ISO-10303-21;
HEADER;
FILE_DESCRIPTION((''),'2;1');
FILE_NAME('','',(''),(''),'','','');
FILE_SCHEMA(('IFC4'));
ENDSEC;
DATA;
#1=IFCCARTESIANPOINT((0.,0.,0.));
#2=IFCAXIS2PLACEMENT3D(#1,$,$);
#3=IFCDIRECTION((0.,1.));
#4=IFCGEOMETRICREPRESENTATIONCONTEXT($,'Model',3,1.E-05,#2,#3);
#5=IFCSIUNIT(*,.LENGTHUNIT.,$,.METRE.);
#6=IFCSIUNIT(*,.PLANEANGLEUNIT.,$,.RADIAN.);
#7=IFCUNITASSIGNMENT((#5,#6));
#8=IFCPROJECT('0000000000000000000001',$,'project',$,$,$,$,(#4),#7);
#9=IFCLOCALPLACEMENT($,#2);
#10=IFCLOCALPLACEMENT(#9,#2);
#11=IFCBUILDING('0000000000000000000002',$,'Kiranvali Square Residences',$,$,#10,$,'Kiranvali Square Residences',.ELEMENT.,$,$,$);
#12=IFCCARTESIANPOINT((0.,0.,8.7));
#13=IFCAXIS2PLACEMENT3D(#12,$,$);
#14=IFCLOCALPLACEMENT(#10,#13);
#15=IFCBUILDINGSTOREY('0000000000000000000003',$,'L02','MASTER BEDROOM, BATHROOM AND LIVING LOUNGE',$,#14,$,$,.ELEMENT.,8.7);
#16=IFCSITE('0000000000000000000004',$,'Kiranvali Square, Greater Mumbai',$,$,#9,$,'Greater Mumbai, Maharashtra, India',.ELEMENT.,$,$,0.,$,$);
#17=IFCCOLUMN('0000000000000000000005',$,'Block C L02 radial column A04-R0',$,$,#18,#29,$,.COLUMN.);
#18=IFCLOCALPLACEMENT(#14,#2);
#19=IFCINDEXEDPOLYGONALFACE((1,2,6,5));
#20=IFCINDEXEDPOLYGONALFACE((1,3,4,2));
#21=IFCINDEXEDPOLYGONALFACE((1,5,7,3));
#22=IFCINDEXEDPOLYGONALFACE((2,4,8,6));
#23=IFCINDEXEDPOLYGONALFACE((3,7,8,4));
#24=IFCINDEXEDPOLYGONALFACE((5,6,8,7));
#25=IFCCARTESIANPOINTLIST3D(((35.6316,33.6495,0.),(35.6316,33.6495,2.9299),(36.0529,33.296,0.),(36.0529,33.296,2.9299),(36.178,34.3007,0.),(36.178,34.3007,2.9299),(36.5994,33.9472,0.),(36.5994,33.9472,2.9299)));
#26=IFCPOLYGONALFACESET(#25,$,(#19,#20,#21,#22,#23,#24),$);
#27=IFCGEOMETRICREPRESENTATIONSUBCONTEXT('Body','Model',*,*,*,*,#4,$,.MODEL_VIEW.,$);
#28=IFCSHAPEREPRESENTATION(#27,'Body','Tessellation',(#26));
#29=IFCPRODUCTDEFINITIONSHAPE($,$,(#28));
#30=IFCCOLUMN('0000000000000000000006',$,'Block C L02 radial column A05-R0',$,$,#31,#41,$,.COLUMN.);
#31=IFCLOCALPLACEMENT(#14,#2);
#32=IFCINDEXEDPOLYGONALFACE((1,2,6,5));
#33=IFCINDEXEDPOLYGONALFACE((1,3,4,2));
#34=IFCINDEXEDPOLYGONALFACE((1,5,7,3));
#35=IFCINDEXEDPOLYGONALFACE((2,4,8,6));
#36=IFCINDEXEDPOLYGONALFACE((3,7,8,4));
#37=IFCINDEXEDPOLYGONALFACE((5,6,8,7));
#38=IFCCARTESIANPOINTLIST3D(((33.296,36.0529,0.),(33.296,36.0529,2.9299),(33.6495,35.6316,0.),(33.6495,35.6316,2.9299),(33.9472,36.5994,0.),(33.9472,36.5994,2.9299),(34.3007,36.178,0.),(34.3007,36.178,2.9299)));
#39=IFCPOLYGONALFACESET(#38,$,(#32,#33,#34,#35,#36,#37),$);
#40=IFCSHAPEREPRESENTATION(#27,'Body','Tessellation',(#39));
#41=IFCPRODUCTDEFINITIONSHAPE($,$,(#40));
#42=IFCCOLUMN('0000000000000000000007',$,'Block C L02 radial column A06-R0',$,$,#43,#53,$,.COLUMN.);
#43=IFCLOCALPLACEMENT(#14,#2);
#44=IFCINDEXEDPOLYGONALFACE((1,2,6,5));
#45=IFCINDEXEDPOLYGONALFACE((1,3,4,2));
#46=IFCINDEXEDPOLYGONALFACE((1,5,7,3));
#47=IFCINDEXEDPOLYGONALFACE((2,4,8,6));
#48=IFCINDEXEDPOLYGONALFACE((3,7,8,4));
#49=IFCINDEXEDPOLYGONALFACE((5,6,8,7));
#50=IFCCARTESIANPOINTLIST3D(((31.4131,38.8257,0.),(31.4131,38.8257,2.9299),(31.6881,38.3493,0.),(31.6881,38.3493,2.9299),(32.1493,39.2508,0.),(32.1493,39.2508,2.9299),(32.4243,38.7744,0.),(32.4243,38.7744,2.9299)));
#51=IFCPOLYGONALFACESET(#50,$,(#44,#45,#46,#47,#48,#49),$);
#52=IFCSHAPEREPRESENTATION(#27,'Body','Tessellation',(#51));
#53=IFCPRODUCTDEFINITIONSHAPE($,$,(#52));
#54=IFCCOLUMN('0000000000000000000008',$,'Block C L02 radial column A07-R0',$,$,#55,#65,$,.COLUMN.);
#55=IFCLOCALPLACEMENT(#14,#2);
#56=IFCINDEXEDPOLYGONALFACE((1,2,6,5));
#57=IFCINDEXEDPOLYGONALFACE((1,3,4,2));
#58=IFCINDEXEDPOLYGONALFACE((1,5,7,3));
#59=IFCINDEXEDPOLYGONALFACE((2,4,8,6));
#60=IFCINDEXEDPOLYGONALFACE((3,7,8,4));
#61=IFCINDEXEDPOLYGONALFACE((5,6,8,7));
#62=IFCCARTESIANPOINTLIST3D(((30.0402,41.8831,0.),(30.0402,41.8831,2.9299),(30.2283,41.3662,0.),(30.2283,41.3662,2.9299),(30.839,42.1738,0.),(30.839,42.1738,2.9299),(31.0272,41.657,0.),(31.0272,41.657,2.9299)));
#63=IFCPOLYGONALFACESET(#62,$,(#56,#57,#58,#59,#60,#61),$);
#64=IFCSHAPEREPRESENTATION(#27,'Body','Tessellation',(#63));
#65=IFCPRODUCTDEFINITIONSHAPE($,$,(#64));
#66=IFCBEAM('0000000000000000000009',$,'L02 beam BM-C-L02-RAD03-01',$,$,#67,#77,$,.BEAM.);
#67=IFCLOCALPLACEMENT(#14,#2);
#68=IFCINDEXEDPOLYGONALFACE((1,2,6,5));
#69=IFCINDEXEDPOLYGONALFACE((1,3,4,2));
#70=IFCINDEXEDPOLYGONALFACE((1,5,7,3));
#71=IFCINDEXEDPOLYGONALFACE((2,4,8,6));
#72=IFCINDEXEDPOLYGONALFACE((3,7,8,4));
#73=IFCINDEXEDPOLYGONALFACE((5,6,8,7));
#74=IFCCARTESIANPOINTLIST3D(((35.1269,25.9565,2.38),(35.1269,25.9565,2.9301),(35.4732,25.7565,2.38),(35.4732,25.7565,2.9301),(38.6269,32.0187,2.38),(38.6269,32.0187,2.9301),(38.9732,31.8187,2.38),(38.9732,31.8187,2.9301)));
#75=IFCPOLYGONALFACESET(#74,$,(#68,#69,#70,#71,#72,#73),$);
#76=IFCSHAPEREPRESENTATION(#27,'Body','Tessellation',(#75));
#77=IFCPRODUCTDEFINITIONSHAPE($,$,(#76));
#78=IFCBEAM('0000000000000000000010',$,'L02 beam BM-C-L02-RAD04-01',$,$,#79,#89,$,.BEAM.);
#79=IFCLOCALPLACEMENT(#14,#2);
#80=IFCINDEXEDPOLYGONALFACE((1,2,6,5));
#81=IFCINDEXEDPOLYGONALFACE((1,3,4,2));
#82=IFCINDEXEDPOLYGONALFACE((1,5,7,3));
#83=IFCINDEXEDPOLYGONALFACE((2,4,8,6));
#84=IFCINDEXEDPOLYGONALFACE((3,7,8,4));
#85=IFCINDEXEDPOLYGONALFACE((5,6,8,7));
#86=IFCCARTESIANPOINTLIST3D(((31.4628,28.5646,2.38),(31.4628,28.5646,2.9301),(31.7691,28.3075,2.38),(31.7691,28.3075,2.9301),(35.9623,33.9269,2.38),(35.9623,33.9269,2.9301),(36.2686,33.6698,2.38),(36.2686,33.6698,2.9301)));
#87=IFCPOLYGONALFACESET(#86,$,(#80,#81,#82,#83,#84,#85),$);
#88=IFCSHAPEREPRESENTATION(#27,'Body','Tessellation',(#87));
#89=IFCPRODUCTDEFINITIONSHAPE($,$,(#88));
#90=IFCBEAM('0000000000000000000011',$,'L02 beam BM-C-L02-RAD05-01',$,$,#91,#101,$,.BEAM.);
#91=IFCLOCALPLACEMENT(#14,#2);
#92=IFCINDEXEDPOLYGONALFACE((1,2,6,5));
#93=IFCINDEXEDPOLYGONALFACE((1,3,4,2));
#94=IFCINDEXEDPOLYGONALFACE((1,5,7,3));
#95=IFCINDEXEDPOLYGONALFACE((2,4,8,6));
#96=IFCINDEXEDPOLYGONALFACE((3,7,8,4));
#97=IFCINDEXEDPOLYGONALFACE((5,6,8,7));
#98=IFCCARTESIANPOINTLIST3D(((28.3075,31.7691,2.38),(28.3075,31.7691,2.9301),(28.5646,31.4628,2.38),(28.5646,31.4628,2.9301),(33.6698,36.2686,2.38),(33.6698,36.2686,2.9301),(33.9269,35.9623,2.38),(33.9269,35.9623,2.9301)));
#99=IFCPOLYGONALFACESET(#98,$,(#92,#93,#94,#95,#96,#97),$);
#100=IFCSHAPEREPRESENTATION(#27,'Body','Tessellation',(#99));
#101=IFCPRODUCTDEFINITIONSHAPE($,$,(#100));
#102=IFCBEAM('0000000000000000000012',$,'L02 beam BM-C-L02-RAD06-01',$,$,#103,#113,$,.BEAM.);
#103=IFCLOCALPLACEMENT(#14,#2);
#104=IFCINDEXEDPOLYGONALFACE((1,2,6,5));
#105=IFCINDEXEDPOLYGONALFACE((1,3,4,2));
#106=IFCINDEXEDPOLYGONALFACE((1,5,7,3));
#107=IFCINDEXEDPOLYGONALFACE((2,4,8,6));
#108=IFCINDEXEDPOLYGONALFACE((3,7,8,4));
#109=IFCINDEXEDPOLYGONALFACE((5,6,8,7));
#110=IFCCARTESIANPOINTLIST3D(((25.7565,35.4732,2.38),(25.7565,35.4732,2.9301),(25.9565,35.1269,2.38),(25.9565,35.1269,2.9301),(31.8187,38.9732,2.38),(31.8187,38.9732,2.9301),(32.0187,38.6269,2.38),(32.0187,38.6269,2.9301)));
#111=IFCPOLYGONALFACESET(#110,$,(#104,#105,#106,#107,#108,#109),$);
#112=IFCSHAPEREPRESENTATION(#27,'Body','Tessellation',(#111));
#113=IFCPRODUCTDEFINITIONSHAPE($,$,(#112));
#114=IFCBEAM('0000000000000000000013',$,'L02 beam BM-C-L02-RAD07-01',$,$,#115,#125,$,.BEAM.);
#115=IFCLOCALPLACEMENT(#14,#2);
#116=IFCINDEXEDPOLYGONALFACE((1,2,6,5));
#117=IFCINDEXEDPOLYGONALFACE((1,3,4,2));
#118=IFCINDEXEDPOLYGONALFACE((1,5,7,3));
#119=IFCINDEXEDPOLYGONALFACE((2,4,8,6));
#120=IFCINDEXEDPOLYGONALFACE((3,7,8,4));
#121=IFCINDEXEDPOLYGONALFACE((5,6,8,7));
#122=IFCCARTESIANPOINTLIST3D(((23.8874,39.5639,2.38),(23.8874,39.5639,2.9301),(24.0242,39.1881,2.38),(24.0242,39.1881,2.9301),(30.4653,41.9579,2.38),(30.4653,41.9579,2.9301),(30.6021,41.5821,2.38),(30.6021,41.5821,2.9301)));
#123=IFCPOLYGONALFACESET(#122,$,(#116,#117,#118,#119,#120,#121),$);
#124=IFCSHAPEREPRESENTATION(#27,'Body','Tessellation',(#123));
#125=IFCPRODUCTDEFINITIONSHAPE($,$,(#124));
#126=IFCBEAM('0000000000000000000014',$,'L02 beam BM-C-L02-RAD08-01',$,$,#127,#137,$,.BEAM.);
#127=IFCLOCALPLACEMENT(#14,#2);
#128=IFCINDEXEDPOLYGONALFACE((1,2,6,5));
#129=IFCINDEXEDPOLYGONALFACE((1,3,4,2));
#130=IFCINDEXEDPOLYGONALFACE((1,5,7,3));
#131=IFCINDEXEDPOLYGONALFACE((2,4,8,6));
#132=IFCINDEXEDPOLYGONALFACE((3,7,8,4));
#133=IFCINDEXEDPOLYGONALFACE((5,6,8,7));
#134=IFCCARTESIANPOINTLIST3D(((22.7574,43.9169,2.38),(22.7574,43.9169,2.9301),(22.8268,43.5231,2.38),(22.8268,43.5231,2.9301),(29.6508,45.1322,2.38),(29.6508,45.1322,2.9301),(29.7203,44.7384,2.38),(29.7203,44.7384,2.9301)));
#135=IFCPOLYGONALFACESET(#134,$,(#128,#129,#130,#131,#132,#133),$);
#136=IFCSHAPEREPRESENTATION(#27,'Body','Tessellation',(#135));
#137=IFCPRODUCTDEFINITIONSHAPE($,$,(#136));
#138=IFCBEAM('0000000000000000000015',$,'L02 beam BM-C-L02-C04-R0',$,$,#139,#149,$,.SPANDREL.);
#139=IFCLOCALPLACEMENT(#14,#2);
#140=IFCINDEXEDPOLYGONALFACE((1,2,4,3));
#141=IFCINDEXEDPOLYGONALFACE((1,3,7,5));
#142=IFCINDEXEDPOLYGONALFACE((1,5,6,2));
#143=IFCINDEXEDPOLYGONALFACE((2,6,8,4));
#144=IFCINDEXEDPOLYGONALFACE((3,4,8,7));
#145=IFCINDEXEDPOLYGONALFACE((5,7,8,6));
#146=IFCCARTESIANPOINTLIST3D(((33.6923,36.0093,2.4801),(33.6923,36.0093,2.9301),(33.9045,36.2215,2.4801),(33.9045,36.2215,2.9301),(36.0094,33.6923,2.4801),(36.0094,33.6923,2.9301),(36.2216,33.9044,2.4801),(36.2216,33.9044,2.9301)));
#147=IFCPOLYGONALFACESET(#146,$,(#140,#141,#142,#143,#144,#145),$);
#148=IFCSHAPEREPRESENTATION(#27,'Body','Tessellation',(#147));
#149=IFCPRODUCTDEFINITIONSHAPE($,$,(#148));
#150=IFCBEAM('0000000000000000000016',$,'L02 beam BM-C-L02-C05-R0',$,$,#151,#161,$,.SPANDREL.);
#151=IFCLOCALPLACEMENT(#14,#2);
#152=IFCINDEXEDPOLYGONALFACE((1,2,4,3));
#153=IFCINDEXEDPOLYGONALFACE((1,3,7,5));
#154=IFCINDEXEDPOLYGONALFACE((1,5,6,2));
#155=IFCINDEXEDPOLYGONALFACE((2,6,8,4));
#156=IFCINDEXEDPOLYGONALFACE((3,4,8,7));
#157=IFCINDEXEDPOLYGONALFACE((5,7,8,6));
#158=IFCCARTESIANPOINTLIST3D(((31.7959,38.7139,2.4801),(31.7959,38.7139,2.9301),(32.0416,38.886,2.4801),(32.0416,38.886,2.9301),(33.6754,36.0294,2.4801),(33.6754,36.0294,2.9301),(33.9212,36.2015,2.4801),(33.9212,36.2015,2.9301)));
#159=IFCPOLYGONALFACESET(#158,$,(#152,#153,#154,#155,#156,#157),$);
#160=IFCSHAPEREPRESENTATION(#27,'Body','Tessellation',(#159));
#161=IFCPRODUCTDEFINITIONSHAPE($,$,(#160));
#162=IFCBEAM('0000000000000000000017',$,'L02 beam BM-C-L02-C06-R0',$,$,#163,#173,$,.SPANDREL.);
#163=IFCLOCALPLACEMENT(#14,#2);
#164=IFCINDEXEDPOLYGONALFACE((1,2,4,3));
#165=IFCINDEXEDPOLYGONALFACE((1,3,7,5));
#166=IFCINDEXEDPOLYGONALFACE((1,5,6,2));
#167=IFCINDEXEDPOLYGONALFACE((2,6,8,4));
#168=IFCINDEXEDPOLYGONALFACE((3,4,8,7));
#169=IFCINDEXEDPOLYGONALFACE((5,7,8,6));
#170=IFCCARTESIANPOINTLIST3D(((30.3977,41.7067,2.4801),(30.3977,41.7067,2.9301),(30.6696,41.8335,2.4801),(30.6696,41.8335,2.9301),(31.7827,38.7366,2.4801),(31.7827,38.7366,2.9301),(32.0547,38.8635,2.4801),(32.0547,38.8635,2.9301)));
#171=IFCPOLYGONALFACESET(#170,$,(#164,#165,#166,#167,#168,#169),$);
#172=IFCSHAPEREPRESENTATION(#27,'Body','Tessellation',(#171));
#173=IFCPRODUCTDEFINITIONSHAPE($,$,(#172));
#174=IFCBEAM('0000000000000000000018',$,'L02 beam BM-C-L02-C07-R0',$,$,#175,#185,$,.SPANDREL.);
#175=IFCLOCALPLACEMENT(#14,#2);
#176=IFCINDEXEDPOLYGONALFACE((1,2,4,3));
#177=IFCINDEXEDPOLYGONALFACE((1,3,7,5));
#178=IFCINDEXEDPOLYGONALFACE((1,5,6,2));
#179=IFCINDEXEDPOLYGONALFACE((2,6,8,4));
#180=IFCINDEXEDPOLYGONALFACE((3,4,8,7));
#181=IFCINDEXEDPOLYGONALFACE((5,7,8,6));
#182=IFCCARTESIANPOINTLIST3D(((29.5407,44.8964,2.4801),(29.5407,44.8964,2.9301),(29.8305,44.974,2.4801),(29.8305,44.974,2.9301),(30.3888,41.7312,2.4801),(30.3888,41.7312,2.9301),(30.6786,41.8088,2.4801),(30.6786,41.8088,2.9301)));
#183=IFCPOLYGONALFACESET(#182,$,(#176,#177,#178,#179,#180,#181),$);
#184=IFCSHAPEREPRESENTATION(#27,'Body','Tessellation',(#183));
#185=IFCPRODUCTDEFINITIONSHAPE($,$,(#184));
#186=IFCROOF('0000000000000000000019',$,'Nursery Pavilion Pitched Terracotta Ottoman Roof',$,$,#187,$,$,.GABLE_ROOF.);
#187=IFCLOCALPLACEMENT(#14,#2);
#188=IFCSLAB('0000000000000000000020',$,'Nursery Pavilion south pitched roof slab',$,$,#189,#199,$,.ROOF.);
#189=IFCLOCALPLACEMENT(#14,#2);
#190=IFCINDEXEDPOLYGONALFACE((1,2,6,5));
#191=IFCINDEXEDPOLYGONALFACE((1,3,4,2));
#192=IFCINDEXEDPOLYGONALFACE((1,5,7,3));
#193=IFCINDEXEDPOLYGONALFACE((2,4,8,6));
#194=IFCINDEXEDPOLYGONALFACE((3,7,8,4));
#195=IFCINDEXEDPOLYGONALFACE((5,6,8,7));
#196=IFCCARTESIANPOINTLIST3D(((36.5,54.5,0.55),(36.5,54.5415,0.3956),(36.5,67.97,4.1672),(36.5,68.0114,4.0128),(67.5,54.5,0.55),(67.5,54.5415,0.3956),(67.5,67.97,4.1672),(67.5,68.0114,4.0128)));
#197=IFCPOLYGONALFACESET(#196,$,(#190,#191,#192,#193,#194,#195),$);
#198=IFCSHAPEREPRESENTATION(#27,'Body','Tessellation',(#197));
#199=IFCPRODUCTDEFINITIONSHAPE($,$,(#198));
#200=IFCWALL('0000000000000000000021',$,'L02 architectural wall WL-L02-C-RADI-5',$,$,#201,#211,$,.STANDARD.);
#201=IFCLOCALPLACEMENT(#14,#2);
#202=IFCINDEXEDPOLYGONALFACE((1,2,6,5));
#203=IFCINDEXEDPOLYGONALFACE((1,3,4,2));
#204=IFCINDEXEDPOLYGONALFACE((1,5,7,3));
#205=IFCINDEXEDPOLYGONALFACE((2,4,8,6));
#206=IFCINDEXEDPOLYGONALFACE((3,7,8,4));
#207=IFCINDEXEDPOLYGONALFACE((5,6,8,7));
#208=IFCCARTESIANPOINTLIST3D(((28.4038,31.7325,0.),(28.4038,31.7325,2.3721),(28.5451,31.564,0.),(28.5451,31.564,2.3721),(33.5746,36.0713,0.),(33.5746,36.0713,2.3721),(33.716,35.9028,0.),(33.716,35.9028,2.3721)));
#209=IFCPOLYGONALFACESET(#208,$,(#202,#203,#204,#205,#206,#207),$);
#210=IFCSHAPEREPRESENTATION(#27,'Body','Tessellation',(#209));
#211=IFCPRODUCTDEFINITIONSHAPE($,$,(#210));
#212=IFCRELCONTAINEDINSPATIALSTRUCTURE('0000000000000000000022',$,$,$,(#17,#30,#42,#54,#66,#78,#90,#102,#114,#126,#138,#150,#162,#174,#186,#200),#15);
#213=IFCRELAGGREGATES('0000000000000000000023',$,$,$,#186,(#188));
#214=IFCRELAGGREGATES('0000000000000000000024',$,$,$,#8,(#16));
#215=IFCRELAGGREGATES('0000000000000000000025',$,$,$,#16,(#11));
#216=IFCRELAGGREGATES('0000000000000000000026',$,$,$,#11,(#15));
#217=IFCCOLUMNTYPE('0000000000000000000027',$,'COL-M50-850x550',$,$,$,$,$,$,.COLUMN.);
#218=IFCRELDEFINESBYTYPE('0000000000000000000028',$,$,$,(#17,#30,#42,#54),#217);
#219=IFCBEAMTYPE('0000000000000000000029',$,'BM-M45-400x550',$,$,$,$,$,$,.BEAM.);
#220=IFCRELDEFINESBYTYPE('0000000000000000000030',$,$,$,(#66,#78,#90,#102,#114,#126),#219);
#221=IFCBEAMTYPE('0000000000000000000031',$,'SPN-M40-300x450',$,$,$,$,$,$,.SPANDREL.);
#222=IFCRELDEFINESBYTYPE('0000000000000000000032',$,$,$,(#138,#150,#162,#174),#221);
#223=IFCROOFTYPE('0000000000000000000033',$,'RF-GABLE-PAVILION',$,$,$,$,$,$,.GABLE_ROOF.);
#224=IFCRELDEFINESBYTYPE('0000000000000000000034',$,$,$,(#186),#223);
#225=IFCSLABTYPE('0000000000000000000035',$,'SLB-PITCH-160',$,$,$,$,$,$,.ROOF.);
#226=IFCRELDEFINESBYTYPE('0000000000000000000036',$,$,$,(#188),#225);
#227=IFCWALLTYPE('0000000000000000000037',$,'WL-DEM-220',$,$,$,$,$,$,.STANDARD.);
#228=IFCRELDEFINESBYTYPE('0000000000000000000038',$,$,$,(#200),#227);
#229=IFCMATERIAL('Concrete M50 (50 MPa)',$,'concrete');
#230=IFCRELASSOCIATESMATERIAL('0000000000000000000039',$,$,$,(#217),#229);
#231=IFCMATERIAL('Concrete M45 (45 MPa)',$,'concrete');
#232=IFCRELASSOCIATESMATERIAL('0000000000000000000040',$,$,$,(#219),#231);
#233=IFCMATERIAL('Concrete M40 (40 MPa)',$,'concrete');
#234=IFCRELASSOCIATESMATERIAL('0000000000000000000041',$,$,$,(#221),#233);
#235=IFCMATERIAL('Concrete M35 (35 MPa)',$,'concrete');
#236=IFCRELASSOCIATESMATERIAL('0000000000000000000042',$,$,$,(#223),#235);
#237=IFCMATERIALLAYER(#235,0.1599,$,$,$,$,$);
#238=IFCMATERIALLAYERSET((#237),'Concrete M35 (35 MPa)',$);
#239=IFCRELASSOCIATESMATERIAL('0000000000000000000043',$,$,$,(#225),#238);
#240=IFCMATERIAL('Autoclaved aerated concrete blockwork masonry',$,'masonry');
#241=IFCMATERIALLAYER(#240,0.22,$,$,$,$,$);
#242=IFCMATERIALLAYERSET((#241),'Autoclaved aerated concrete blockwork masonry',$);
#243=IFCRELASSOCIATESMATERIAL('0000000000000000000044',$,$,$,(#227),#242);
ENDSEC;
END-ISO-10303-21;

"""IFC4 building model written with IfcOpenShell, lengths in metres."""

from ifc_helpers import new_model, si_unit, direction, frame, frame_2d, origin, origin_2d, place, context, subcontext, project, spatial, polyline, rectangle, outline, extrude, material, layer, layer_set, material_profile, profile_set, type_object, element, aggregate, save


model = new_model("IFC4")

# Units and contexts
model_context = context("Model", 3, precision=1e-05, world=origin(), true_north=direction((0.0, 1.0)))
body_context = subcontext(model_context, "Body", "Model", "MODEL_VIEW")
ifc_project = project(units=[si_unit("LENGTHUNIT", "METRE"), si_unit("PLANEANGLEUNIT", "RADIAN")], contexts=[model_context])

# Site, building, storey
site_placement = place(None, origin())
site = spatial("IfcSite", under=ifc_project, at=site_placement, Name="Kiranvali Square, Greater Mumbai", LongName="Greater Mumbai, Maharashtra, India", CompositionType="ELEMENT", RefElevation=0.0)
building_placement = place(site_placement, origin())
building = spatial("IfcBuilding", under=site, at=building_placement, Name="Kiranvali Square Residences", LongName="Kiranvali Square Residences", CompositionType="ELEMENT")
storey_placement = place(building_placement, frame((0.0, 0.0, 8.7)))
storey = spatial("IfcBuildingStorey", under=building, at=storey_placement, Name="L02", Description="MASTER BEDROOM, BATHROOM AND LIVING LOUNGE", CompositionType="ELEMENT", Elevation=8.7)

# Columns
ifc_material_1 = material(Name="Concrete M50 (50 MPa)", Category="concrete")
ifc_material_profile_1 = material_profile(ifc_material_1, rectangle(XDim=0.55, YDim=0.8501, at=origin_2d()), Name="RC 850x550")
ifc_profile_set_1 = profile_set([ifc_material_profile_1], Name="Concrete M50 (50 MPa)")
column_type = type_object("IfcColumnType", Name="COL-M50-850x550", PredefinedType="COLUMN", material=ifc_profile_set_1)
for number, where, z_axis, x_axis, name in (
    (1, (36.1155, 33.7983, 0.0), (0.0, 0.0, 1.0), (-0.766044, 0.642788, 0.0), "Block C L02 radial column A04-R0"),
    (2, (33.7983, 36.1155, 0.0), (0.0, 0.0, 1.0), (-0.642788, 0.766044, 0.0), "Block C L02 radial column A05-R0"),
    (3, (31.9187, 38.8, 0.0), (0.0, 0.0, 1.0), (-0.5, 0.866025, 0.0), "Block C L02 radial column A06-R0"),
    (4, (30.5337, 41.77, 0.0), (0.0, 0.0, 1.0), (-0.34202, 0.939693, 0.0), "Block C L02 radial column A07-R0"),
):
    element("IfcColumn", number, at=place(storey_placement, frame(where, z_axis=z_axis, x_axis=x_axis)), inside=storey, type_object=column_type, Name=name, PredefinedType="COLUMN", context=body_context, shape_type="SweptSolid", body=[
        extrude(rectangle(XDim=0.55, YDim=0.8501, at=origin_2d()), origin(), (0.0, 0.0, 1.0), 2.9299),
    ])

# Beams
ifc_material_2 = material(Name="Concrete M45 (45 MPa)", Category="concrete")
ifc_material_profile_2 = material_profile(ifc_material_2, rectangle(XDim=0.3999, YDim=0.55, at=origin_2d()), Name="RC 400x550")
ifc_profile_set_2 = profile_set([ifc_material_profile_2], Name="Concrete M45 (45 MPa)")
beam_type_1 = type_object("IfcBeamType", Name="BM-M45-400x550", PredefinedType="BEAM", material=ifc_profile_set_2)
for number, where, z_axis, x_axis, name in (
    (5, (38.8, 31.9187, 2.655), (-0.499995, -0.866028, 0.0), (0.866028, -0.499995, 0.0), "L02 beam BM-C-L02-RAD03-01"),
    (6, (36.1155, 33.7983, 2.655), (-0.642788, -0.766044, 0.0), (0.766044, -0.642788, 0.0), "L02 beam BM-C-L02-RAD04-01"),
    (7, (33.7983, 36.1155, 2.655), (-0.766044, -0.642788, 0.0), (0.642788, -0.766044, 0.0), "L02 beam BM-C-L02-RAD05-01"),
    (8, (31.9187, 38.8, 2.655), (-0.866028, -0.499995, 0.0), (0.499995, -0.866028, 0.0), "L02 beam BM-C-L02-RAD06-01"),
    (9, (30.5337, 41.77, 2.655), (-0.939698, -0.342006, 0.0), (0.342006, -0.939698, 0.0), "L02 beam BM-C-L02-RAD07-01"),
):
    element("IfcBeam", number, at=place(storey_placement, frame(where, z_axis=z_axis, x_axis=x_axis)), inside=storey, type_object=beam_type_1, Name=name, PredefinedType="BEAM", context=body_context, shape_type="SweptSolid", body=[
        extrude(rectangle(XDim=0.3999, YDim=0.55, at=origin_2d()), origin(), (0.0, 0.0, 1.0), 7.0),
    ])
beam_1_placement = place(storey_placement, frame((29.6855, 44.9353, 2.655), z_axis=(-0.984812, -0.173622, 0.0), x_axis=(0.173622, -0.984812, 0.0)))
element("IfcBeam", 10, at=beam_1_placement, inside=storey, type_object=beam_type_1, Name="L02 beam BM-C-L02-RAD08-01", PredefinedType="BEAM", context=body_context, shape_type="SweptSolid", body=[
    extrude(rectangle(XDim=0.3999, YDim=0.55, at=origin_2d()), origin(), (0.0, 0.0, 1.0), 6.9998),
])
ifc_material_3 = material(Name="Concrete M40 (40 MPa)", Category="concrete")
ifc_material_profile_3 = material_profile(ifc_material_3, rectangle(XDim=0.3, YDim=0.45, at=origin_2d()), Name="RC 300x450")
ifc_profile_set_3 = profile_set([ifc_material_profile_3], Name="Concrete M40 (40 MPa)")
beam_type_2 = type_object("IfcBeamType", Name="SPN-M40-300x450", PredefinedType="SPANDREL", material=ifc_profile_set_3)
beam_2_placement = place(storey_placement, frame((36.1155, 33.7983, 2.7051), z_axis=(-0.707107, 0.707107, 0.0), x_axis=(-0.707107, -0.707107, 0.0)))
element("IfcBeam", 11, at=beam_2_placement, inside=storey, type_object=beam_type_2, Name="L02 beam BM-C-L02-C04-R0", PredefinedType="SPANDREL", context=body_context, shape_type="SweptSolid", body=[
    extrude(rectangle(XDim=0.3, YDim=0.45, at=origin_2d()), origin(), (0.0, 0.0, 1.0), 3.2769),
])
for number, where, z_axis, x_axis, name in (
    (12, (33.7983, 36.1155, 2.7051), (-0.573552, 0.819169, 0.0), (-0.819169, -0.573552, 0.0), "L02 beam BM-C-L02-C05-R0"),
    (13, (31.9187, 38.8, 2.7051), (-0.422641, 0.906297, 0.0), (-0.906297, -0.422641, 0.0), "L02 beam BM-C-L02-C06-R0"),
):
    element("IfcBeam", number, at=place(storey_placement, frame(where, z_axis=z_axis, x_axis=x_axis)), inside=storey, type_object=beam_type_2, Name=name, PredefinedType="SPANDREL", context=body_context, shape_type="SweptSolid", body=[
        extrude(rectangle(XDim=0.3, YDim=0.45, at=origin_2d()), origin(), (0.0, 0.0, 1.0), 3.2771),
    ])
beam_3_placement = place(storey_placement, frame((30.5337, 41.77, 2.7051), z_axis=(-0.258822, 0.965925, 0.0), x_axis=(-0.965925, -0.258822, 0.0)))
element("IfcBeam", 14, at=beam_3_placement, inside=storey, type_object=beam_type_2, Name="L02 beam BM-C-L02-C07-R0", PredefinedType="SPANDREL", context=body_context, shape_type="SweptSolid", body=[
    extrude(rectangle(XDim=0.3, YDim=0.45, at=origin_2d()), origin(), (0.0, 0.0, 1.0), 3.2769),
])

# Roof, slab
ifc_material_4 = material(Name="Concrete M35 (35 MPa)", Category="concrete")
roof_type = type_object("IfcRoofType", Name="RF-GABLE-PAVILION", PredefinedType="GABLE_ROOF", material=ifc_material_4)
roof_placement = place(storey_placement, origin())
roof = element("IfcRoof", 15, at=roof_placement, inside=storey, type_object=roof_type, Name="Nursery Pavilion Pitched Terracotta Ottoman Roof", PredefinedType="GABLE_ROOF")
ifc_layer_1 = layer(ifc_material_4, 0.1599)
ifc_layer_set_1 = layer_set([ifc_layer_1], Name="Concrete M35 (35 MPa)")
slab_type = type_object("IfcSlabType", Name="SLB-PITCH-160", PredefinedType="ROOF", material=ifc_layer_set_1)
slab_placement = place(storey_placement, frame((36.5, 54.5, 0.55), z_axis=(0.0, -0.259349, 0.965784), x_axis=(1.0, 0.0, 0.0)))
slab = element("IfcSlab", 16, at=slab_placement, type_object=slab_type, Name="Nursery Pavilion south pitched roof slab", PredefinedType="ROOF", context=body_context, shape_type="SweptSolid", body=[
    extrude(outline(polyline([(0.0, 0.0), (31.0, 0.0), (31.0, 13.9472), (0.0, 13.9472), (0.0, 0.0)])), origin(), (0.0, 0.0, -1.0), 0.1599),
])
aggregate(roof, [slab])

# Wall
ifc_material_5 = material(Name="Autoclaved aerated concrete blockwork masonry", Category="masonry")
ifc_layer_2 = layer(ifc_material_5, 0.22)
ifc_layer_set_2 = layer_set([ifc_layer_2], Name="Autoclaved aerated concrete blockwork masonry")
wall_type_1 = type_object("IfcWallType", Name="WL-DEM-220", PredefinedType="STANDARD", material=ifc_layer_set_2)
for number, where, z_axis, x_axis, name in (
    (17, (33.6453, 35.9871, 0.0), (0.0, 0.0, 1.0), (-0.766047, -0.642785, 0.0), "L02 architectural wall WL-L02-C-RADI-5"),
):
    element("IfcWall", number, at=place(storey_placement, frame(where, z_axis=z_axis, x_axis=x_axis)), inside=storey, type_object=wall_type_1, Name=name, PredefinedType="STANDARD", context=body_context, shape_type="SweptSolid", body=[
        extrude(rectangle(XDim=6.75, YDim=0.22, at=frame_2d((3.375, 0.0))), origin(), (0.0, 0.0, 1.0), 2.3721),
    ])

save(model, "model.ifc")
